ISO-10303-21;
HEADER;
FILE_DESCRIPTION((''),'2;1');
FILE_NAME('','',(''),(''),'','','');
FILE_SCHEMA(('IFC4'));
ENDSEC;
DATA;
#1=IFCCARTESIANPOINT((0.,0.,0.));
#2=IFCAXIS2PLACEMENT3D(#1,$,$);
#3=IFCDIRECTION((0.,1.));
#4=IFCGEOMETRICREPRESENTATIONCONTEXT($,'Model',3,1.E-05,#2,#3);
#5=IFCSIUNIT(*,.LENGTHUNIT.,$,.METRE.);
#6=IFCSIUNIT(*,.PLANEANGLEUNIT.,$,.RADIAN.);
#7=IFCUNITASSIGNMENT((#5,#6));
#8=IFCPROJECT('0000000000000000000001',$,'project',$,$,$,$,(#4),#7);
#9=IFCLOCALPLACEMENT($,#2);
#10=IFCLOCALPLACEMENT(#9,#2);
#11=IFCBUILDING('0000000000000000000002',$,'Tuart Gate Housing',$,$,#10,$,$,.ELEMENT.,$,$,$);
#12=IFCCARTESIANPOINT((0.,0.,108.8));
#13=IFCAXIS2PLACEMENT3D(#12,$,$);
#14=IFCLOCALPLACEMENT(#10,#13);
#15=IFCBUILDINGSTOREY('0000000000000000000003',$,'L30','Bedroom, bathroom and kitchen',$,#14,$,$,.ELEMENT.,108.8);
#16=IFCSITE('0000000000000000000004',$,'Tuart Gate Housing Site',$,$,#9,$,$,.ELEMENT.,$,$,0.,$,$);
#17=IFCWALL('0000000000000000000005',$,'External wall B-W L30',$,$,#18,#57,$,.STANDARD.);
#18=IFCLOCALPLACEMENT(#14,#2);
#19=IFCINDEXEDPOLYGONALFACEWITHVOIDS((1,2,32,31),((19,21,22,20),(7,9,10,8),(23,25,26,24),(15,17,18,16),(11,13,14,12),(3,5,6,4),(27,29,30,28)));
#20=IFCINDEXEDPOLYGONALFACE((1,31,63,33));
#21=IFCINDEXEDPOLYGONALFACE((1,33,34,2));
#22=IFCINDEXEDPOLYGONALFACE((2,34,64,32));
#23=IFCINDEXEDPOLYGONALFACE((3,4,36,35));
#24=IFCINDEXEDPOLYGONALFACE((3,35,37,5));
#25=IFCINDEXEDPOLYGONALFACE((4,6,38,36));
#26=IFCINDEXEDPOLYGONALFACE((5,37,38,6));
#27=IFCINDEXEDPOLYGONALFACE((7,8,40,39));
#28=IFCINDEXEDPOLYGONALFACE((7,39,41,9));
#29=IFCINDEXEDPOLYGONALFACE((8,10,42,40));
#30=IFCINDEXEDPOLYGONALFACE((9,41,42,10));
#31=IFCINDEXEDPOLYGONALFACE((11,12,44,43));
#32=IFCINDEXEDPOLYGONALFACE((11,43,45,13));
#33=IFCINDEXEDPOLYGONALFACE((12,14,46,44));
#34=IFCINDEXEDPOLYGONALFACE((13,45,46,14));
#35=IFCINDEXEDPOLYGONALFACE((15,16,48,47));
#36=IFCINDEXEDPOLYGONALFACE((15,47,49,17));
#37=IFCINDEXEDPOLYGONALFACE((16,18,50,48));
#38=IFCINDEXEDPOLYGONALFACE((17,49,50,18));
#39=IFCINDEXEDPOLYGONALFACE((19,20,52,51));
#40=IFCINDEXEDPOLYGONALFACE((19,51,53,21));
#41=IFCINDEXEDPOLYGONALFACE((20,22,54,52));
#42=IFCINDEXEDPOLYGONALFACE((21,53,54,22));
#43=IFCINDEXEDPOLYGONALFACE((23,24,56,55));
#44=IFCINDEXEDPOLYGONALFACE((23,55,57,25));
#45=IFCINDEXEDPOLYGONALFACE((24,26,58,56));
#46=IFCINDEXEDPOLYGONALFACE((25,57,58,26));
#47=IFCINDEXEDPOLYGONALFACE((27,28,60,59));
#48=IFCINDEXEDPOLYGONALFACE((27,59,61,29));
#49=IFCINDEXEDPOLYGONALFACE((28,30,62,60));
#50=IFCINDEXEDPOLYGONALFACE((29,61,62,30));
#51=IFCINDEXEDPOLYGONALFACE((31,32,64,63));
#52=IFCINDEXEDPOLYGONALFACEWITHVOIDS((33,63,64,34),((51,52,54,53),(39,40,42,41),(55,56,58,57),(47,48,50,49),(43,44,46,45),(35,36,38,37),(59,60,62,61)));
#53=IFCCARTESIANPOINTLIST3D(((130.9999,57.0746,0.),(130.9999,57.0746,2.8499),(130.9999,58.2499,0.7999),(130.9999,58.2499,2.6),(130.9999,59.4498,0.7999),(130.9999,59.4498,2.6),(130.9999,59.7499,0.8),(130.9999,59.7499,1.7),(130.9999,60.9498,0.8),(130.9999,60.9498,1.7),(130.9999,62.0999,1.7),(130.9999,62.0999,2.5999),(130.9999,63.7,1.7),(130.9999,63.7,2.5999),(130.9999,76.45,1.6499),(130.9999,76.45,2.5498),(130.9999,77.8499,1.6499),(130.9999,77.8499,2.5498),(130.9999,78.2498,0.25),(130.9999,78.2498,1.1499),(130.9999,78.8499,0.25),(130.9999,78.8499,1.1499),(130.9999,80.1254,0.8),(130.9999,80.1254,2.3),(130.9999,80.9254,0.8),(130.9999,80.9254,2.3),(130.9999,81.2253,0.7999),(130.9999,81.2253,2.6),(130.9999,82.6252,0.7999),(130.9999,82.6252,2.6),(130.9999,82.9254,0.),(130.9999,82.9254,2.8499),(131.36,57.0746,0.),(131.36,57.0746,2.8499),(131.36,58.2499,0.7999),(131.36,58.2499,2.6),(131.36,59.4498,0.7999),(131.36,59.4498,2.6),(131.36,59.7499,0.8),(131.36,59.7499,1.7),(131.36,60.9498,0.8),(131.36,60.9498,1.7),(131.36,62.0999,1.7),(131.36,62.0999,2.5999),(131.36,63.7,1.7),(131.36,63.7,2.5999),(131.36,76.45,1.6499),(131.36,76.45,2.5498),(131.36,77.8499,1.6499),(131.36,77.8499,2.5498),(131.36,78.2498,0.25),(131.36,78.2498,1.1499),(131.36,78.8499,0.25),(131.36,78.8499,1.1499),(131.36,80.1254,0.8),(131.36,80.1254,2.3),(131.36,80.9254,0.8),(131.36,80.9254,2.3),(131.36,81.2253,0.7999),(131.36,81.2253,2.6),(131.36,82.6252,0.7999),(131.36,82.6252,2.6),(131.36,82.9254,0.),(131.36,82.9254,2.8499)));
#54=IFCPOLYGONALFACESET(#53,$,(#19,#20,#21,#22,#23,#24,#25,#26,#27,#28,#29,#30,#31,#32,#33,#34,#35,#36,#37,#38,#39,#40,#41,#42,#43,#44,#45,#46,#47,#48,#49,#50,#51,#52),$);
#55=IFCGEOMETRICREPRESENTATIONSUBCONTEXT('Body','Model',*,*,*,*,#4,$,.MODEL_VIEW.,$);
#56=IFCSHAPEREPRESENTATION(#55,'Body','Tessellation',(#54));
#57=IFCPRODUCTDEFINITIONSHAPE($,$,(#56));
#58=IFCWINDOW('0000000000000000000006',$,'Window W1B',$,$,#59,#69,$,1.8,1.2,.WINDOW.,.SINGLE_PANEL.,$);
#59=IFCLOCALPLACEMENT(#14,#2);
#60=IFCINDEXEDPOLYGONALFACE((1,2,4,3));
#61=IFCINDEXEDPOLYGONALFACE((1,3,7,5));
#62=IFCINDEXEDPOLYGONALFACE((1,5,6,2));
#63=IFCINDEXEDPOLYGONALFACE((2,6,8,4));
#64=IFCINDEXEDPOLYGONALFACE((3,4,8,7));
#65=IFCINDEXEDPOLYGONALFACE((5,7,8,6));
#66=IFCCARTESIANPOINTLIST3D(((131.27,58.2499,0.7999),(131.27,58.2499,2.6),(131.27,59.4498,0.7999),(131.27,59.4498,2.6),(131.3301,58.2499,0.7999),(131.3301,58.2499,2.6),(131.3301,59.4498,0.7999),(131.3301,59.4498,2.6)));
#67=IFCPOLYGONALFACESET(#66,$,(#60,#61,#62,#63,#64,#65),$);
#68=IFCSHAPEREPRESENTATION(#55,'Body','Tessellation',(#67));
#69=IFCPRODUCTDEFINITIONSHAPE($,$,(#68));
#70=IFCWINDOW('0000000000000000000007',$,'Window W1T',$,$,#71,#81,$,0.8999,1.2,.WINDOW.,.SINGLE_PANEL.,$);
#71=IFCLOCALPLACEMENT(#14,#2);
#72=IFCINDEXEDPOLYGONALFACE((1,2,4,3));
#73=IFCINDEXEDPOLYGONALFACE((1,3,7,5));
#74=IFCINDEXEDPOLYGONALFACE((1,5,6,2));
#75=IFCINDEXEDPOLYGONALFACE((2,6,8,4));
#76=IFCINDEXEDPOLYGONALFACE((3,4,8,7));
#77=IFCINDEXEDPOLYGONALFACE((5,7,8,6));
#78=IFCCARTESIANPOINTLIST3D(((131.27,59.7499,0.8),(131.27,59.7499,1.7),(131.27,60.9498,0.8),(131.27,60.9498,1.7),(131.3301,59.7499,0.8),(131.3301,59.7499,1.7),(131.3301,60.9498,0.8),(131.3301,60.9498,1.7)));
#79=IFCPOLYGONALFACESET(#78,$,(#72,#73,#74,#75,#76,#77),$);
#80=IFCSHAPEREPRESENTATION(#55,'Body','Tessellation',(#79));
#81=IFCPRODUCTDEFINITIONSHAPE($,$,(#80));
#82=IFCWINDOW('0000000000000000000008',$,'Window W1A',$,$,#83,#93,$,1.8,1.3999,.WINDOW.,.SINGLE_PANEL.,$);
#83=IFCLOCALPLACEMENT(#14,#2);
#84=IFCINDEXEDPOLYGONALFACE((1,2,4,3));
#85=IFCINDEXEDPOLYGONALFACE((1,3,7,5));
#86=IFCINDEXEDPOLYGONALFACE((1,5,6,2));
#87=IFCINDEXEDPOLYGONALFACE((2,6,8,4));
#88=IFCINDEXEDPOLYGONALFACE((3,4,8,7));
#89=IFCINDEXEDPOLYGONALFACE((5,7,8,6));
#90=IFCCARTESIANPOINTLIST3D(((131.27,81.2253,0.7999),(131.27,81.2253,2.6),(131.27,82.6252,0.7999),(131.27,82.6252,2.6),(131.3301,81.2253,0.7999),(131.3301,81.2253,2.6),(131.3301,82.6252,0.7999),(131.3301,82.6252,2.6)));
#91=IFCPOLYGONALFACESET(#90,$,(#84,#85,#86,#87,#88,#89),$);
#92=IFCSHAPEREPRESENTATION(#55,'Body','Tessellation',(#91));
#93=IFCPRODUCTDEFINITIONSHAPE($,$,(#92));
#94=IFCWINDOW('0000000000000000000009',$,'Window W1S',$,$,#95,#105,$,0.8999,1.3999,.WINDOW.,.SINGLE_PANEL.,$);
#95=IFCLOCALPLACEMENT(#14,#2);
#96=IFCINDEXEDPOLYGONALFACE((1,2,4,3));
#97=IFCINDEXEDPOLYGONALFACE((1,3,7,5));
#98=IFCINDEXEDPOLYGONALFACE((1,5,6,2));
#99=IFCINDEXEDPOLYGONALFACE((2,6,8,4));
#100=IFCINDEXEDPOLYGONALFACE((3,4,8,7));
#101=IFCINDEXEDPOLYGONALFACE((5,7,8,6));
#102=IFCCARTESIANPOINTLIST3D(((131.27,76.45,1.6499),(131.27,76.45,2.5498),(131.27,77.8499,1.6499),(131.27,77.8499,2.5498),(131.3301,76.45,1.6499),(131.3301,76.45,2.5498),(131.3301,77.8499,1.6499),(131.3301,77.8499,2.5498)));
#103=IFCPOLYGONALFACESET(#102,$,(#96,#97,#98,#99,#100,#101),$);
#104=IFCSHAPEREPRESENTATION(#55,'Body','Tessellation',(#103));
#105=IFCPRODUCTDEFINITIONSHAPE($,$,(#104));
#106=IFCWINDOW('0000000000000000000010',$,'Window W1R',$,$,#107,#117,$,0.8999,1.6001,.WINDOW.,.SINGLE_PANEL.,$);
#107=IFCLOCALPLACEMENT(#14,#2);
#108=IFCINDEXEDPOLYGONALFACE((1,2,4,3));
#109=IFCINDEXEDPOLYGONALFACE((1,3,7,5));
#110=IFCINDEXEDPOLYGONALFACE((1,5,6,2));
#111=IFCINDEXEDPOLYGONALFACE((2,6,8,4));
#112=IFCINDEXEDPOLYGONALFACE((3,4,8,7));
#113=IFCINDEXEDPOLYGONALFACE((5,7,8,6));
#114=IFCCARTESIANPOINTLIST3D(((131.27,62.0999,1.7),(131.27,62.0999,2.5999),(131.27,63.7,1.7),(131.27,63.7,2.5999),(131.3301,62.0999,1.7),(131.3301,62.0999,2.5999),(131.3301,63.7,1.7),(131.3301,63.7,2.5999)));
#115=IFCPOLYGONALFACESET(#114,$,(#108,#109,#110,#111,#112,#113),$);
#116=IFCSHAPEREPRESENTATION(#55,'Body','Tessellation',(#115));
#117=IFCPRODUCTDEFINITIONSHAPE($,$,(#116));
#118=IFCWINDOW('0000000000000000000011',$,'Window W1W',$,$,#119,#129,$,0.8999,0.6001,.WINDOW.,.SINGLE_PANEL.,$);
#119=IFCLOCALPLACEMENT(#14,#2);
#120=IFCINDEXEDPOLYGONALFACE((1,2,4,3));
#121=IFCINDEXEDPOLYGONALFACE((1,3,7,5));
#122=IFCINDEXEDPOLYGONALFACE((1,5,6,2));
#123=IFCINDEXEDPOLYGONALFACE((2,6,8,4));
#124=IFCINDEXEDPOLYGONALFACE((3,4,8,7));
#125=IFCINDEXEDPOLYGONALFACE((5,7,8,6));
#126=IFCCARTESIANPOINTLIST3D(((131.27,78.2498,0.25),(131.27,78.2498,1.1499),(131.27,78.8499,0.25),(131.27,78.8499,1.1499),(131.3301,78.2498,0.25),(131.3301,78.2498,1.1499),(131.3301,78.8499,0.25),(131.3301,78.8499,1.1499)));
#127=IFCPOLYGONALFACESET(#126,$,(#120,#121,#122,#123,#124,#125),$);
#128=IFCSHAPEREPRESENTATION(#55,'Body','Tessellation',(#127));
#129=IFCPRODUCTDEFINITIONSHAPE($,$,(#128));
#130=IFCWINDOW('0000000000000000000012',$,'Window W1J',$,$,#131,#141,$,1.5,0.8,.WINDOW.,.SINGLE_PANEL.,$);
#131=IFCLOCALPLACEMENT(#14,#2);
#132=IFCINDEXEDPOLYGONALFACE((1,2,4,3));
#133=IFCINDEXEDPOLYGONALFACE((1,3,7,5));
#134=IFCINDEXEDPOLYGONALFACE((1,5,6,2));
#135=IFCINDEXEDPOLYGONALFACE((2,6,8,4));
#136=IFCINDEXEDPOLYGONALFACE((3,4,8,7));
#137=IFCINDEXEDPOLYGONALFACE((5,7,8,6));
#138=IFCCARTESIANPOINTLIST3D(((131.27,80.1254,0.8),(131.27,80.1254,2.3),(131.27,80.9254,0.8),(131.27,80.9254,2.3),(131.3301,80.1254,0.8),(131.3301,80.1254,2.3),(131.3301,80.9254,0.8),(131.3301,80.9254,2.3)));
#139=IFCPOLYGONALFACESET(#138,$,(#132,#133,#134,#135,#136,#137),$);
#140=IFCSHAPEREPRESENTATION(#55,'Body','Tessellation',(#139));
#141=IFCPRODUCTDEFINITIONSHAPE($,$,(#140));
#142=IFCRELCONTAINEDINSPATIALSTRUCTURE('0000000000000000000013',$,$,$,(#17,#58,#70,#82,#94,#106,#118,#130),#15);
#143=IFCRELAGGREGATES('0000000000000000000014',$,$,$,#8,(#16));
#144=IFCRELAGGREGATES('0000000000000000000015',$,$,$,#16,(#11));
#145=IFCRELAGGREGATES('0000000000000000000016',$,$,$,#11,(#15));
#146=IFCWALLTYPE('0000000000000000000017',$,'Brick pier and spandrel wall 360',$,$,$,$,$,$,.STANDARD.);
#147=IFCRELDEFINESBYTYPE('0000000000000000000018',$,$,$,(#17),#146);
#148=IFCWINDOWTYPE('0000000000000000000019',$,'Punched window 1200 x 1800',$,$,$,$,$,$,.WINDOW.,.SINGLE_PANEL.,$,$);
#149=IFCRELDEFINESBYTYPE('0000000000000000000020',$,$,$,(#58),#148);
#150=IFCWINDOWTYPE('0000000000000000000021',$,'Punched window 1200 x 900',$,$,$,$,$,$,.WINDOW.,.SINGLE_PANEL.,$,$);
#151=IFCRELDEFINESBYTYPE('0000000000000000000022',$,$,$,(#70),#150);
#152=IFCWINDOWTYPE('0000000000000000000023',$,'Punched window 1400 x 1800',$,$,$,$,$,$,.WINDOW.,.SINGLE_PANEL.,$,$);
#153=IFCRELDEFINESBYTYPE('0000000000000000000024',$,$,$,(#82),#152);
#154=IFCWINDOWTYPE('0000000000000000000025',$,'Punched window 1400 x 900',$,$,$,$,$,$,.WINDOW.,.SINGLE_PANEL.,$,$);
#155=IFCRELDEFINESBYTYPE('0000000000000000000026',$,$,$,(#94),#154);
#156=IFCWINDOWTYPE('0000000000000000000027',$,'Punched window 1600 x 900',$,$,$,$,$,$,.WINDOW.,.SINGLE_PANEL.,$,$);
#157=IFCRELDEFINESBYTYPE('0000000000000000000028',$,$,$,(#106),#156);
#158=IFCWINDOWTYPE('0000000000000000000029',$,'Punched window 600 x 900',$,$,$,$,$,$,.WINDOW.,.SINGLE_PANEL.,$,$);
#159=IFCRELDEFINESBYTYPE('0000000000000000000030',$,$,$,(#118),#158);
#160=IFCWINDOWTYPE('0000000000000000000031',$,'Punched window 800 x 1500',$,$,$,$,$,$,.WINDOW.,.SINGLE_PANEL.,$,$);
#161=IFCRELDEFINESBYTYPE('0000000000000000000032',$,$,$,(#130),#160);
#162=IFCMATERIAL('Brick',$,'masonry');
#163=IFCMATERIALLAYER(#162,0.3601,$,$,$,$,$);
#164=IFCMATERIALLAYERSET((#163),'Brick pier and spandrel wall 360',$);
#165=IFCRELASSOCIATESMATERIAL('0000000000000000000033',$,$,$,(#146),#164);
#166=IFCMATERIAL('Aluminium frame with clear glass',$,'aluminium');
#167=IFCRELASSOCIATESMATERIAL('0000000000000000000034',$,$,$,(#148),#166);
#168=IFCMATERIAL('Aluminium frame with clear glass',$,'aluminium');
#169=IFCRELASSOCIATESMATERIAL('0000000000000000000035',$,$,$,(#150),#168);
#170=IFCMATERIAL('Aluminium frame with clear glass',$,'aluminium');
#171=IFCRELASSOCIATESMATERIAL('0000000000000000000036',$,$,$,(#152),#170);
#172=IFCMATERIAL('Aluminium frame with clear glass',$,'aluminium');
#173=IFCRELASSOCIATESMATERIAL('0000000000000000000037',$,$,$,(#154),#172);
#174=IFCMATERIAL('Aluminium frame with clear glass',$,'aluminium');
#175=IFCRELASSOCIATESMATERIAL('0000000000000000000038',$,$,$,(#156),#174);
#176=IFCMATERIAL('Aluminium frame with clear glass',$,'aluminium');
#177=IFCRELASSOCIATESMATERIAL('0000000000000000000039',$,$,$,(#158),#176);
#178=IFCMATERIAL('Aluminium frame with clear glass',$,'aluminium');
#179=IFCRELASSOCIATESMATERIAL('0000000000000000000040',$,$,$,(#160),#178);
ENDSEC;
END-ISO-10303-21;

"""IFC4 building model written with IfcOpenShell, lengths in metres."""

from ifc_helpers import new_model, si_unit, direction, frame, frame_2d, origin, place, context, subcontext, project, spatial, rectangle, extrude, material, layer, layer_set, type_object, element, fill, save


model = new_model("IFC4")

# Units and contexts
model_context = context("Model", 3, precision=1e-05, world=origin(), true_north=direction((0.0, 1.0)))
body_context = subcontext(model_context, "Body", "Model", "MODEL_VIEW")
ifc_project = project(units=[si_unit("LENGTHUNIT", "METRE"), si_unit("PLANEANGLEUNIT", "RADIAN")], contexts=[model_context])

# Site, building, storey
site_placement = place(None, origin())
site = spatial("IfcSite", under=ifc_project, at=site_placement, Name="Tuart Gate Housing Site", CompositionType="ELEMENT", RefElevation=0.0)
building_placement = place(site_placement, origin())
building = spatial("IfcBuilding", under=site, at=building_placement, Name="Tuart Gate Housing", CompositionType="ELEMENT")
storey_placement = place(building_placement, frame((0.0, 0.0, 108.8)))
storey = spatial("IfcBuildingStorey", under=building, at=storey_placement, Name="L30", Description="Bedroom, bathroom and kitchen", CompositionType="ELEMENT", Elevation=108.8)

# Shared definitions
ifc_material_1 = material(Name="Brick", Category="masonry")
ifc_layer_1 = layer(ifc_material_1, 0.3601)
ifc_layer_set_1 = layer_set([ifc_layer_1], Name="Brick pier and spandrel wall 360")
wall_type_1 = type_object("IfcWallType", Name="Brick pier and spandrel wall 360", PredefinedType="STANDARD", material=ifc_layer_set_1)

# Wall, openings, windows
wall_1_placement = place(storey_placement, frame((131.1799, 82.9253, 0.0), z_axis=(0.0, 0.0, 1.0), x_axis=(0.0, -1.0, 0.0)))
wall_1 = element("IfcWall", 1, at=wall_1_placement, inside=storey, type_object=wall_type_1, Name="External wall B-W L30", PredefinedType="STANDARD", context=body_context, shape_type="SweptSolid", body=[
    extrude(rectangle(XDim=25.8508, YDim=0.3601, at=frame_2d((12.9253, 0.0))), origin(), (0.0, 0.0, 1.0), 2.8499),
])
opening_1_placement = place(wall_1_placement, frame((0.3, 0.0, 0.8)))
opening_1 = element("IfcOpeningElement", 2, at=opening_1_placement, cuts=wall_1, PredefinedType="OPENING", context=body_context, shape_type="SweptSolid", body=[
    extrude(rectangle(XDim=1.3999, YDim=1.8, at=frame_2d((0.7, 0.8999))), frame((0.0, 0.1899, 0.0), z_axis=(0.0, -1.0, 0.0), x_axis=(1.0, 0.0, 0.0)), (0.0, 0.0, 1.0), 0.3801),
])
opening_2_placement = place(wall_1_placement, frame((4.0754, 0.0, 0.25)))
opening_2 = element("IfcOpeningElement", 3, at=opening_2_placement, cuts=wall_1, PredefinedType="OPENING", context=body_context, shape_type="SweptSolid", body=[
    extrude(rectangle(XDim=0.6001, YDim=0.8999, at=frame_2d((0.3, 0.45))), frame((0.0, 0.1899, 0.0), z_axis=(0.0, -1.0, 0.0), x_axis=(1.0, 0.0, 0.0)), (0.0, 0.0, 1.0), 0.3801),
])
opening_3_placement = place(wall_1_placement, frame((19.2253, 0.0, 1.7)))
opening_3 = element("IfcOpeningElement", 4, at=opening_3_placement, cuts=wall_1, PredefinedType="OPENING", context=body_context, shape_type="SweptSolid", body=[
    extrude(rectangle(XDim=1.6001, YDim=0.8999, at=frame_2d((0.8, 0.45))), frame((0.0, 0.1899, 0.0), z_axis=(0.0, -1.0, 0.0), x_axis=(1.0, 0.0, 0.0)), (0.0, 0.0, 1.0), 0.3801),
])
opening_4_placement = place(wall_1_placement, frame((21.9753, 0.0, 0.8)))
opening_4 = element("IfcOpeningElement", 5, at=opening_4_placement, cuts=wall_1, PredefinedType="OPENING", context=body_context, shape_type="SweptSolid", body=[
    extrude(rectangle(XDim=1.2, YDim=0.8999, at=frame_2d((0.6001, 0.45))), frame((0.0, 0.1899, 0.0), z_axis=(0.0, -1.0, 0.0), x_axis=(1.0, 0.0, 0.0)), (0.0, 0.0, 1.0), 0.3801),
])
opening_5_placement = place(wall_1_placement, frame((2.0, 0.0, 0.8)))
opening_5 = element("IfcOpeningElement", 6, at=opening_5_placement, cuts=wall_1, PredefinedType="OPENING", context=body_context, shape_type="SweptSolid", body=[
    extrude(rectangle(XDim=0.8, YDim=1.5, at=frame_2d((0.3999, 0.75))), frame((0.0, 0.1899, 0.0), z_axis=(0.0, -1.0, 0.0), x_axis=(1.0, 0.0, 0.0)), (0.0, 0.0, 1.0), 0.3801),
])
opening_6_placement = place(wall_1_placement, frame((5.0754, 0.0, 1.6499)))
opening_6 = element("IfcOpeningElement", 7, at=opening_6_placement, cuts=wall_1, PredefinedType="OPENING", context=body_context, shape_type="SweptSolid", body=[
    extrude(rectangle(XDim=1.3999, YDim=0.8999, at=frame_2d((0.7, 0.45))), frame((0.0, 0.1899, 0.0), z_axis=(0.0, -1.0, 0.0), x_axis=(1.0, 0.0, 0.0)), (0.0, 0.0, 1.0), 0.3801),
])
opening_7_placement = place(wall_1_placement, frame((23.4753, 0.0, 0.8)))
opening_7 = element("IfcOpeningElement", 8, at=opening_7_placement, cuts=wall_1, PredefinedType="OPENING", context=body_context, shape_type="SweptSolid", body=[
    extrude(rectangle(XDim=1.2, YDim=1.8, at=frame_2d((0.6001, 0.8999))), frame((0.0, 0.1899, 0.0), z_axis=(0.0, -1.0, 0.0), x_axis=(1.0, 0.0, 0.0)), (0.0, 0.0, 1.0), 0.3801),
])
ifc_material_2 = material(Name="Aluminium frame with clear glass", Category="aluminium")
window_type_1 = type_object("IfcWindowType", Name="Punched window 1200 x 1800", PartitioningType="SINGLE_PANEL", PredefinedType="WINDOW", material=ifc_material_2)
window_1_placement = place(opening_7_placement, origin())
window_1 = element("IfcWindow", 9, at=window_1_placement, inside=storey, type_object=window_type_1, Name="Window W1B", OverallHeight=1.8, OverallWidth=1.2, PartitioningType="SINGLE_PANEL", PredefinedType="WINDOW", context=body_context, shape_type="SweptSolid", body=[
    extrude(rectangle(XDim=1.2, YDim=1.8, at=frame_2d((0.6001, 0.8999))), frame((0.0, 0.1501, 0.0), z_axis=(0.0, -1.0, 0.0), x_axis=(1.0, 0.0, 0.0)), (0.0, 0.0, 1.0), 0.0601),
])
fill(opening_7, window_1)
ifc_material_3 = material(Name="Aluminium frame with clear glass", Category="aluminium")
window_type_2 = type_object("IfcWindowType", Name="Punched window 1200 x 900", PartitioningType="SINGLE_PANEL", PredefinedType="WINDOW", material=ifc_material_3)
window_2_placement = place(opening_4_placement, origin())
window_2 = element("IfcWindow", 10, at=window_2_placement, inside=storey, type_object=window_type_2, Name="Window W1T", OverallHeight=0.8999, OverallWidth=1.2, PartitioningType="SINGLE_PANEL", PredefinedType="WINDOW", context=body_context, shape_type="SweptSolid", body=[
    extrude(rectangle(XDim=1.2, YDim=0.8999, at=frame_2d((0.6001, 0.45))), frame((0.0, 0.1501, 0.0), z_axis=(0.0, -1.0, 0.0), x_axis=(1.0, 0.0, 0.0)), (0.0, 0.0, 1.0), 0.0601),
])
fill(opening_4, window_2)
ifc_material_4 = material(Name="Aluminium frame with clear glass", Category="aluminium")
window_type_3 = type_object("IfcWindowType", Name="Punched window 1400 x 1800", PartitioningType="SINGLE_PANEL", PredefinedType="WINDOW", material=ifc_material_4)
window_3_placement = place(opening_1_placement, origin())
window_3 = element("IfcWindow", 11, at=window_3_placement, inside=storey, type_object=window_type_3, Name="Window W1A", OverallHeight=1.8, OverallWidth=1.3999, PartitioningType="SINGLE_PANEL", PredefinedType="WINDOW", context=body_context, shape_type="SweptSolid", body=[
    extrude(rectangle(XDim=1.3999, YDim=1.8, at=frame_2d((0.7, 0.8999))), frame((0.0, 0.1501, 0.0), z_axis=(0.0, -1.0, 0.0), x_axis=(1.0, 0.0, 0.0)), (0.0, 0.0, 1.0), 0.0601),
])
fill(opening_1, window_3)
ifc_material_5 = material(Name="Aluminium frame with clear glass", Category="aluminium")
window_type_4 = type_object("IfcWindowType", Name="Punched window 1400 x 900", PartitioningType="SINGLE_PANEL", PredefinedType="WINDOW", material=ifc_material_5)
window_4_placement = place(opening_6_placement, origin())
window_4 = element("IfcWindow", 12, at=window_4_placement, inside=storey, type_object=window_type_4, Name="Window W1S", OverallHeight=0.8999, OverallWidth=1.3999, PartitioningType="SINGLE_PANEL", PredefinedType="WINDOW", context=body_context, shape_type="SweptSolid", body=[
    extrude(rectangle(XDim=1.3999, YDim=0.8999, at=frame_2d((0.7, 0.45))), frame((0.0, 0.1501, 0.0), z_axis=(0.0, -1.0, 0.0), x_axis=(1.0, 0.0, 0.0)), (0.0, 0.0, 1.0), 0.0601),
])
fill(opening_6, window_4)
ifc_material_6 = material(Name="Aluminium frame with clear glass", Category="aluminium")
window_type_5 = type_object("IfcWindowType", Name="Punched window 1600 x 900", PartitioningType="SINGLE_PANEL", PredefinedType="WINDOW", material=ifc_material_6)
window_5_placement = place(opening_3_placement, origin())
window_5 = element("IfcWindow", 13, at=window_5_placement, inside=storey, type_object=window_type_5, Name="Window W1R", OverallHeight=0.8999, OverallWidth=1.6001, PartitioningType="SINGLE_PANEL", PredefinedType="WINDOW", context=body_context, shape_type="SweptSolid", body=[
    extrude(rectangle(XDim=1.6001, YDim=0.8999, at=frame_2d((0.8, 0.45))), frame((0.0, 0.1501, 0.0), z_axis=(0.0, -1.0, 0.0), x_axis=(1.0, 0.0, 0.0)), (0.0, 0.0, 1.0), 0.0601),
])
fill(opening_3, window_5)
ifc_material_7 = material(Name="Aluminium frame with clear glass", Category="aluminium")
window_type_6 = type_object("IfcWindowType", Name="Punched window 600 x 900", PartitioningType="SINGLE_PANEL", PredefinedType="WINDOW", material=ifc_material_7)
window_6_placement = place(opening_2_placement, origin())
window_6 = element("IfcWindow", 14, at=window_6_placement, inside=storey, type_object=window_type_6, Name="Window W1W", OverallHeight=0.8999, OverallWidth=0.6001, PartitioningType="SINGLE_PANEL", PredefinedType="WINDOW", context=body_context, shape_type="SweptSolid", body=[
    extrude(rectangle(XDim=0.6001, YDim=0.8999, at=frame_2d((0.3, 0.45))), frame((0.0, 0.1501, 0.0), z_axis=(0.0, -1.0, 0.0), x_axis=(1.0, 0.0, 0.0)), (0.0, 0.0, 1.0), 0.0601),
])
fill(opening_2, window_6)
ifc_material_8 = material(Name="Aluminium frame with clear glass", Category="aluminium")
window_type_7 = type_object("IfcWindowType", Name="Punched window 800 x 1500", PartitioningType="SINGLE_PANEL", PredefinedType="WINDOW", material=ifc_material_8)
window_7_placement = place(opening_5_placement, origin())
window_7 = element("IfcWindow", 15, at=window_7_placement, inside=storey, type_object=window_type_7, Name="Window W1J", OverallHeight=1.5, OverallWidth=0.8, PartitioningType="SINGLE_PANEL", PredefinedType="WINDOW", context=body_context, shape_type="SweptSolid", body=[
    extrude(rectangle(XDim=0.8, YDim=1.5, at=frame_2d((0.3999, 0.75))), frame((0.0, 0.1501, 0.0), z_axis=(0.0, -1.0, 0.0), x_axis=(1.0, 0.0, 0.0)), (0.0, 0.0, 1.0), 0.0601),
])
fill(opening_5, window_7)

save(model, "model.ifc")
